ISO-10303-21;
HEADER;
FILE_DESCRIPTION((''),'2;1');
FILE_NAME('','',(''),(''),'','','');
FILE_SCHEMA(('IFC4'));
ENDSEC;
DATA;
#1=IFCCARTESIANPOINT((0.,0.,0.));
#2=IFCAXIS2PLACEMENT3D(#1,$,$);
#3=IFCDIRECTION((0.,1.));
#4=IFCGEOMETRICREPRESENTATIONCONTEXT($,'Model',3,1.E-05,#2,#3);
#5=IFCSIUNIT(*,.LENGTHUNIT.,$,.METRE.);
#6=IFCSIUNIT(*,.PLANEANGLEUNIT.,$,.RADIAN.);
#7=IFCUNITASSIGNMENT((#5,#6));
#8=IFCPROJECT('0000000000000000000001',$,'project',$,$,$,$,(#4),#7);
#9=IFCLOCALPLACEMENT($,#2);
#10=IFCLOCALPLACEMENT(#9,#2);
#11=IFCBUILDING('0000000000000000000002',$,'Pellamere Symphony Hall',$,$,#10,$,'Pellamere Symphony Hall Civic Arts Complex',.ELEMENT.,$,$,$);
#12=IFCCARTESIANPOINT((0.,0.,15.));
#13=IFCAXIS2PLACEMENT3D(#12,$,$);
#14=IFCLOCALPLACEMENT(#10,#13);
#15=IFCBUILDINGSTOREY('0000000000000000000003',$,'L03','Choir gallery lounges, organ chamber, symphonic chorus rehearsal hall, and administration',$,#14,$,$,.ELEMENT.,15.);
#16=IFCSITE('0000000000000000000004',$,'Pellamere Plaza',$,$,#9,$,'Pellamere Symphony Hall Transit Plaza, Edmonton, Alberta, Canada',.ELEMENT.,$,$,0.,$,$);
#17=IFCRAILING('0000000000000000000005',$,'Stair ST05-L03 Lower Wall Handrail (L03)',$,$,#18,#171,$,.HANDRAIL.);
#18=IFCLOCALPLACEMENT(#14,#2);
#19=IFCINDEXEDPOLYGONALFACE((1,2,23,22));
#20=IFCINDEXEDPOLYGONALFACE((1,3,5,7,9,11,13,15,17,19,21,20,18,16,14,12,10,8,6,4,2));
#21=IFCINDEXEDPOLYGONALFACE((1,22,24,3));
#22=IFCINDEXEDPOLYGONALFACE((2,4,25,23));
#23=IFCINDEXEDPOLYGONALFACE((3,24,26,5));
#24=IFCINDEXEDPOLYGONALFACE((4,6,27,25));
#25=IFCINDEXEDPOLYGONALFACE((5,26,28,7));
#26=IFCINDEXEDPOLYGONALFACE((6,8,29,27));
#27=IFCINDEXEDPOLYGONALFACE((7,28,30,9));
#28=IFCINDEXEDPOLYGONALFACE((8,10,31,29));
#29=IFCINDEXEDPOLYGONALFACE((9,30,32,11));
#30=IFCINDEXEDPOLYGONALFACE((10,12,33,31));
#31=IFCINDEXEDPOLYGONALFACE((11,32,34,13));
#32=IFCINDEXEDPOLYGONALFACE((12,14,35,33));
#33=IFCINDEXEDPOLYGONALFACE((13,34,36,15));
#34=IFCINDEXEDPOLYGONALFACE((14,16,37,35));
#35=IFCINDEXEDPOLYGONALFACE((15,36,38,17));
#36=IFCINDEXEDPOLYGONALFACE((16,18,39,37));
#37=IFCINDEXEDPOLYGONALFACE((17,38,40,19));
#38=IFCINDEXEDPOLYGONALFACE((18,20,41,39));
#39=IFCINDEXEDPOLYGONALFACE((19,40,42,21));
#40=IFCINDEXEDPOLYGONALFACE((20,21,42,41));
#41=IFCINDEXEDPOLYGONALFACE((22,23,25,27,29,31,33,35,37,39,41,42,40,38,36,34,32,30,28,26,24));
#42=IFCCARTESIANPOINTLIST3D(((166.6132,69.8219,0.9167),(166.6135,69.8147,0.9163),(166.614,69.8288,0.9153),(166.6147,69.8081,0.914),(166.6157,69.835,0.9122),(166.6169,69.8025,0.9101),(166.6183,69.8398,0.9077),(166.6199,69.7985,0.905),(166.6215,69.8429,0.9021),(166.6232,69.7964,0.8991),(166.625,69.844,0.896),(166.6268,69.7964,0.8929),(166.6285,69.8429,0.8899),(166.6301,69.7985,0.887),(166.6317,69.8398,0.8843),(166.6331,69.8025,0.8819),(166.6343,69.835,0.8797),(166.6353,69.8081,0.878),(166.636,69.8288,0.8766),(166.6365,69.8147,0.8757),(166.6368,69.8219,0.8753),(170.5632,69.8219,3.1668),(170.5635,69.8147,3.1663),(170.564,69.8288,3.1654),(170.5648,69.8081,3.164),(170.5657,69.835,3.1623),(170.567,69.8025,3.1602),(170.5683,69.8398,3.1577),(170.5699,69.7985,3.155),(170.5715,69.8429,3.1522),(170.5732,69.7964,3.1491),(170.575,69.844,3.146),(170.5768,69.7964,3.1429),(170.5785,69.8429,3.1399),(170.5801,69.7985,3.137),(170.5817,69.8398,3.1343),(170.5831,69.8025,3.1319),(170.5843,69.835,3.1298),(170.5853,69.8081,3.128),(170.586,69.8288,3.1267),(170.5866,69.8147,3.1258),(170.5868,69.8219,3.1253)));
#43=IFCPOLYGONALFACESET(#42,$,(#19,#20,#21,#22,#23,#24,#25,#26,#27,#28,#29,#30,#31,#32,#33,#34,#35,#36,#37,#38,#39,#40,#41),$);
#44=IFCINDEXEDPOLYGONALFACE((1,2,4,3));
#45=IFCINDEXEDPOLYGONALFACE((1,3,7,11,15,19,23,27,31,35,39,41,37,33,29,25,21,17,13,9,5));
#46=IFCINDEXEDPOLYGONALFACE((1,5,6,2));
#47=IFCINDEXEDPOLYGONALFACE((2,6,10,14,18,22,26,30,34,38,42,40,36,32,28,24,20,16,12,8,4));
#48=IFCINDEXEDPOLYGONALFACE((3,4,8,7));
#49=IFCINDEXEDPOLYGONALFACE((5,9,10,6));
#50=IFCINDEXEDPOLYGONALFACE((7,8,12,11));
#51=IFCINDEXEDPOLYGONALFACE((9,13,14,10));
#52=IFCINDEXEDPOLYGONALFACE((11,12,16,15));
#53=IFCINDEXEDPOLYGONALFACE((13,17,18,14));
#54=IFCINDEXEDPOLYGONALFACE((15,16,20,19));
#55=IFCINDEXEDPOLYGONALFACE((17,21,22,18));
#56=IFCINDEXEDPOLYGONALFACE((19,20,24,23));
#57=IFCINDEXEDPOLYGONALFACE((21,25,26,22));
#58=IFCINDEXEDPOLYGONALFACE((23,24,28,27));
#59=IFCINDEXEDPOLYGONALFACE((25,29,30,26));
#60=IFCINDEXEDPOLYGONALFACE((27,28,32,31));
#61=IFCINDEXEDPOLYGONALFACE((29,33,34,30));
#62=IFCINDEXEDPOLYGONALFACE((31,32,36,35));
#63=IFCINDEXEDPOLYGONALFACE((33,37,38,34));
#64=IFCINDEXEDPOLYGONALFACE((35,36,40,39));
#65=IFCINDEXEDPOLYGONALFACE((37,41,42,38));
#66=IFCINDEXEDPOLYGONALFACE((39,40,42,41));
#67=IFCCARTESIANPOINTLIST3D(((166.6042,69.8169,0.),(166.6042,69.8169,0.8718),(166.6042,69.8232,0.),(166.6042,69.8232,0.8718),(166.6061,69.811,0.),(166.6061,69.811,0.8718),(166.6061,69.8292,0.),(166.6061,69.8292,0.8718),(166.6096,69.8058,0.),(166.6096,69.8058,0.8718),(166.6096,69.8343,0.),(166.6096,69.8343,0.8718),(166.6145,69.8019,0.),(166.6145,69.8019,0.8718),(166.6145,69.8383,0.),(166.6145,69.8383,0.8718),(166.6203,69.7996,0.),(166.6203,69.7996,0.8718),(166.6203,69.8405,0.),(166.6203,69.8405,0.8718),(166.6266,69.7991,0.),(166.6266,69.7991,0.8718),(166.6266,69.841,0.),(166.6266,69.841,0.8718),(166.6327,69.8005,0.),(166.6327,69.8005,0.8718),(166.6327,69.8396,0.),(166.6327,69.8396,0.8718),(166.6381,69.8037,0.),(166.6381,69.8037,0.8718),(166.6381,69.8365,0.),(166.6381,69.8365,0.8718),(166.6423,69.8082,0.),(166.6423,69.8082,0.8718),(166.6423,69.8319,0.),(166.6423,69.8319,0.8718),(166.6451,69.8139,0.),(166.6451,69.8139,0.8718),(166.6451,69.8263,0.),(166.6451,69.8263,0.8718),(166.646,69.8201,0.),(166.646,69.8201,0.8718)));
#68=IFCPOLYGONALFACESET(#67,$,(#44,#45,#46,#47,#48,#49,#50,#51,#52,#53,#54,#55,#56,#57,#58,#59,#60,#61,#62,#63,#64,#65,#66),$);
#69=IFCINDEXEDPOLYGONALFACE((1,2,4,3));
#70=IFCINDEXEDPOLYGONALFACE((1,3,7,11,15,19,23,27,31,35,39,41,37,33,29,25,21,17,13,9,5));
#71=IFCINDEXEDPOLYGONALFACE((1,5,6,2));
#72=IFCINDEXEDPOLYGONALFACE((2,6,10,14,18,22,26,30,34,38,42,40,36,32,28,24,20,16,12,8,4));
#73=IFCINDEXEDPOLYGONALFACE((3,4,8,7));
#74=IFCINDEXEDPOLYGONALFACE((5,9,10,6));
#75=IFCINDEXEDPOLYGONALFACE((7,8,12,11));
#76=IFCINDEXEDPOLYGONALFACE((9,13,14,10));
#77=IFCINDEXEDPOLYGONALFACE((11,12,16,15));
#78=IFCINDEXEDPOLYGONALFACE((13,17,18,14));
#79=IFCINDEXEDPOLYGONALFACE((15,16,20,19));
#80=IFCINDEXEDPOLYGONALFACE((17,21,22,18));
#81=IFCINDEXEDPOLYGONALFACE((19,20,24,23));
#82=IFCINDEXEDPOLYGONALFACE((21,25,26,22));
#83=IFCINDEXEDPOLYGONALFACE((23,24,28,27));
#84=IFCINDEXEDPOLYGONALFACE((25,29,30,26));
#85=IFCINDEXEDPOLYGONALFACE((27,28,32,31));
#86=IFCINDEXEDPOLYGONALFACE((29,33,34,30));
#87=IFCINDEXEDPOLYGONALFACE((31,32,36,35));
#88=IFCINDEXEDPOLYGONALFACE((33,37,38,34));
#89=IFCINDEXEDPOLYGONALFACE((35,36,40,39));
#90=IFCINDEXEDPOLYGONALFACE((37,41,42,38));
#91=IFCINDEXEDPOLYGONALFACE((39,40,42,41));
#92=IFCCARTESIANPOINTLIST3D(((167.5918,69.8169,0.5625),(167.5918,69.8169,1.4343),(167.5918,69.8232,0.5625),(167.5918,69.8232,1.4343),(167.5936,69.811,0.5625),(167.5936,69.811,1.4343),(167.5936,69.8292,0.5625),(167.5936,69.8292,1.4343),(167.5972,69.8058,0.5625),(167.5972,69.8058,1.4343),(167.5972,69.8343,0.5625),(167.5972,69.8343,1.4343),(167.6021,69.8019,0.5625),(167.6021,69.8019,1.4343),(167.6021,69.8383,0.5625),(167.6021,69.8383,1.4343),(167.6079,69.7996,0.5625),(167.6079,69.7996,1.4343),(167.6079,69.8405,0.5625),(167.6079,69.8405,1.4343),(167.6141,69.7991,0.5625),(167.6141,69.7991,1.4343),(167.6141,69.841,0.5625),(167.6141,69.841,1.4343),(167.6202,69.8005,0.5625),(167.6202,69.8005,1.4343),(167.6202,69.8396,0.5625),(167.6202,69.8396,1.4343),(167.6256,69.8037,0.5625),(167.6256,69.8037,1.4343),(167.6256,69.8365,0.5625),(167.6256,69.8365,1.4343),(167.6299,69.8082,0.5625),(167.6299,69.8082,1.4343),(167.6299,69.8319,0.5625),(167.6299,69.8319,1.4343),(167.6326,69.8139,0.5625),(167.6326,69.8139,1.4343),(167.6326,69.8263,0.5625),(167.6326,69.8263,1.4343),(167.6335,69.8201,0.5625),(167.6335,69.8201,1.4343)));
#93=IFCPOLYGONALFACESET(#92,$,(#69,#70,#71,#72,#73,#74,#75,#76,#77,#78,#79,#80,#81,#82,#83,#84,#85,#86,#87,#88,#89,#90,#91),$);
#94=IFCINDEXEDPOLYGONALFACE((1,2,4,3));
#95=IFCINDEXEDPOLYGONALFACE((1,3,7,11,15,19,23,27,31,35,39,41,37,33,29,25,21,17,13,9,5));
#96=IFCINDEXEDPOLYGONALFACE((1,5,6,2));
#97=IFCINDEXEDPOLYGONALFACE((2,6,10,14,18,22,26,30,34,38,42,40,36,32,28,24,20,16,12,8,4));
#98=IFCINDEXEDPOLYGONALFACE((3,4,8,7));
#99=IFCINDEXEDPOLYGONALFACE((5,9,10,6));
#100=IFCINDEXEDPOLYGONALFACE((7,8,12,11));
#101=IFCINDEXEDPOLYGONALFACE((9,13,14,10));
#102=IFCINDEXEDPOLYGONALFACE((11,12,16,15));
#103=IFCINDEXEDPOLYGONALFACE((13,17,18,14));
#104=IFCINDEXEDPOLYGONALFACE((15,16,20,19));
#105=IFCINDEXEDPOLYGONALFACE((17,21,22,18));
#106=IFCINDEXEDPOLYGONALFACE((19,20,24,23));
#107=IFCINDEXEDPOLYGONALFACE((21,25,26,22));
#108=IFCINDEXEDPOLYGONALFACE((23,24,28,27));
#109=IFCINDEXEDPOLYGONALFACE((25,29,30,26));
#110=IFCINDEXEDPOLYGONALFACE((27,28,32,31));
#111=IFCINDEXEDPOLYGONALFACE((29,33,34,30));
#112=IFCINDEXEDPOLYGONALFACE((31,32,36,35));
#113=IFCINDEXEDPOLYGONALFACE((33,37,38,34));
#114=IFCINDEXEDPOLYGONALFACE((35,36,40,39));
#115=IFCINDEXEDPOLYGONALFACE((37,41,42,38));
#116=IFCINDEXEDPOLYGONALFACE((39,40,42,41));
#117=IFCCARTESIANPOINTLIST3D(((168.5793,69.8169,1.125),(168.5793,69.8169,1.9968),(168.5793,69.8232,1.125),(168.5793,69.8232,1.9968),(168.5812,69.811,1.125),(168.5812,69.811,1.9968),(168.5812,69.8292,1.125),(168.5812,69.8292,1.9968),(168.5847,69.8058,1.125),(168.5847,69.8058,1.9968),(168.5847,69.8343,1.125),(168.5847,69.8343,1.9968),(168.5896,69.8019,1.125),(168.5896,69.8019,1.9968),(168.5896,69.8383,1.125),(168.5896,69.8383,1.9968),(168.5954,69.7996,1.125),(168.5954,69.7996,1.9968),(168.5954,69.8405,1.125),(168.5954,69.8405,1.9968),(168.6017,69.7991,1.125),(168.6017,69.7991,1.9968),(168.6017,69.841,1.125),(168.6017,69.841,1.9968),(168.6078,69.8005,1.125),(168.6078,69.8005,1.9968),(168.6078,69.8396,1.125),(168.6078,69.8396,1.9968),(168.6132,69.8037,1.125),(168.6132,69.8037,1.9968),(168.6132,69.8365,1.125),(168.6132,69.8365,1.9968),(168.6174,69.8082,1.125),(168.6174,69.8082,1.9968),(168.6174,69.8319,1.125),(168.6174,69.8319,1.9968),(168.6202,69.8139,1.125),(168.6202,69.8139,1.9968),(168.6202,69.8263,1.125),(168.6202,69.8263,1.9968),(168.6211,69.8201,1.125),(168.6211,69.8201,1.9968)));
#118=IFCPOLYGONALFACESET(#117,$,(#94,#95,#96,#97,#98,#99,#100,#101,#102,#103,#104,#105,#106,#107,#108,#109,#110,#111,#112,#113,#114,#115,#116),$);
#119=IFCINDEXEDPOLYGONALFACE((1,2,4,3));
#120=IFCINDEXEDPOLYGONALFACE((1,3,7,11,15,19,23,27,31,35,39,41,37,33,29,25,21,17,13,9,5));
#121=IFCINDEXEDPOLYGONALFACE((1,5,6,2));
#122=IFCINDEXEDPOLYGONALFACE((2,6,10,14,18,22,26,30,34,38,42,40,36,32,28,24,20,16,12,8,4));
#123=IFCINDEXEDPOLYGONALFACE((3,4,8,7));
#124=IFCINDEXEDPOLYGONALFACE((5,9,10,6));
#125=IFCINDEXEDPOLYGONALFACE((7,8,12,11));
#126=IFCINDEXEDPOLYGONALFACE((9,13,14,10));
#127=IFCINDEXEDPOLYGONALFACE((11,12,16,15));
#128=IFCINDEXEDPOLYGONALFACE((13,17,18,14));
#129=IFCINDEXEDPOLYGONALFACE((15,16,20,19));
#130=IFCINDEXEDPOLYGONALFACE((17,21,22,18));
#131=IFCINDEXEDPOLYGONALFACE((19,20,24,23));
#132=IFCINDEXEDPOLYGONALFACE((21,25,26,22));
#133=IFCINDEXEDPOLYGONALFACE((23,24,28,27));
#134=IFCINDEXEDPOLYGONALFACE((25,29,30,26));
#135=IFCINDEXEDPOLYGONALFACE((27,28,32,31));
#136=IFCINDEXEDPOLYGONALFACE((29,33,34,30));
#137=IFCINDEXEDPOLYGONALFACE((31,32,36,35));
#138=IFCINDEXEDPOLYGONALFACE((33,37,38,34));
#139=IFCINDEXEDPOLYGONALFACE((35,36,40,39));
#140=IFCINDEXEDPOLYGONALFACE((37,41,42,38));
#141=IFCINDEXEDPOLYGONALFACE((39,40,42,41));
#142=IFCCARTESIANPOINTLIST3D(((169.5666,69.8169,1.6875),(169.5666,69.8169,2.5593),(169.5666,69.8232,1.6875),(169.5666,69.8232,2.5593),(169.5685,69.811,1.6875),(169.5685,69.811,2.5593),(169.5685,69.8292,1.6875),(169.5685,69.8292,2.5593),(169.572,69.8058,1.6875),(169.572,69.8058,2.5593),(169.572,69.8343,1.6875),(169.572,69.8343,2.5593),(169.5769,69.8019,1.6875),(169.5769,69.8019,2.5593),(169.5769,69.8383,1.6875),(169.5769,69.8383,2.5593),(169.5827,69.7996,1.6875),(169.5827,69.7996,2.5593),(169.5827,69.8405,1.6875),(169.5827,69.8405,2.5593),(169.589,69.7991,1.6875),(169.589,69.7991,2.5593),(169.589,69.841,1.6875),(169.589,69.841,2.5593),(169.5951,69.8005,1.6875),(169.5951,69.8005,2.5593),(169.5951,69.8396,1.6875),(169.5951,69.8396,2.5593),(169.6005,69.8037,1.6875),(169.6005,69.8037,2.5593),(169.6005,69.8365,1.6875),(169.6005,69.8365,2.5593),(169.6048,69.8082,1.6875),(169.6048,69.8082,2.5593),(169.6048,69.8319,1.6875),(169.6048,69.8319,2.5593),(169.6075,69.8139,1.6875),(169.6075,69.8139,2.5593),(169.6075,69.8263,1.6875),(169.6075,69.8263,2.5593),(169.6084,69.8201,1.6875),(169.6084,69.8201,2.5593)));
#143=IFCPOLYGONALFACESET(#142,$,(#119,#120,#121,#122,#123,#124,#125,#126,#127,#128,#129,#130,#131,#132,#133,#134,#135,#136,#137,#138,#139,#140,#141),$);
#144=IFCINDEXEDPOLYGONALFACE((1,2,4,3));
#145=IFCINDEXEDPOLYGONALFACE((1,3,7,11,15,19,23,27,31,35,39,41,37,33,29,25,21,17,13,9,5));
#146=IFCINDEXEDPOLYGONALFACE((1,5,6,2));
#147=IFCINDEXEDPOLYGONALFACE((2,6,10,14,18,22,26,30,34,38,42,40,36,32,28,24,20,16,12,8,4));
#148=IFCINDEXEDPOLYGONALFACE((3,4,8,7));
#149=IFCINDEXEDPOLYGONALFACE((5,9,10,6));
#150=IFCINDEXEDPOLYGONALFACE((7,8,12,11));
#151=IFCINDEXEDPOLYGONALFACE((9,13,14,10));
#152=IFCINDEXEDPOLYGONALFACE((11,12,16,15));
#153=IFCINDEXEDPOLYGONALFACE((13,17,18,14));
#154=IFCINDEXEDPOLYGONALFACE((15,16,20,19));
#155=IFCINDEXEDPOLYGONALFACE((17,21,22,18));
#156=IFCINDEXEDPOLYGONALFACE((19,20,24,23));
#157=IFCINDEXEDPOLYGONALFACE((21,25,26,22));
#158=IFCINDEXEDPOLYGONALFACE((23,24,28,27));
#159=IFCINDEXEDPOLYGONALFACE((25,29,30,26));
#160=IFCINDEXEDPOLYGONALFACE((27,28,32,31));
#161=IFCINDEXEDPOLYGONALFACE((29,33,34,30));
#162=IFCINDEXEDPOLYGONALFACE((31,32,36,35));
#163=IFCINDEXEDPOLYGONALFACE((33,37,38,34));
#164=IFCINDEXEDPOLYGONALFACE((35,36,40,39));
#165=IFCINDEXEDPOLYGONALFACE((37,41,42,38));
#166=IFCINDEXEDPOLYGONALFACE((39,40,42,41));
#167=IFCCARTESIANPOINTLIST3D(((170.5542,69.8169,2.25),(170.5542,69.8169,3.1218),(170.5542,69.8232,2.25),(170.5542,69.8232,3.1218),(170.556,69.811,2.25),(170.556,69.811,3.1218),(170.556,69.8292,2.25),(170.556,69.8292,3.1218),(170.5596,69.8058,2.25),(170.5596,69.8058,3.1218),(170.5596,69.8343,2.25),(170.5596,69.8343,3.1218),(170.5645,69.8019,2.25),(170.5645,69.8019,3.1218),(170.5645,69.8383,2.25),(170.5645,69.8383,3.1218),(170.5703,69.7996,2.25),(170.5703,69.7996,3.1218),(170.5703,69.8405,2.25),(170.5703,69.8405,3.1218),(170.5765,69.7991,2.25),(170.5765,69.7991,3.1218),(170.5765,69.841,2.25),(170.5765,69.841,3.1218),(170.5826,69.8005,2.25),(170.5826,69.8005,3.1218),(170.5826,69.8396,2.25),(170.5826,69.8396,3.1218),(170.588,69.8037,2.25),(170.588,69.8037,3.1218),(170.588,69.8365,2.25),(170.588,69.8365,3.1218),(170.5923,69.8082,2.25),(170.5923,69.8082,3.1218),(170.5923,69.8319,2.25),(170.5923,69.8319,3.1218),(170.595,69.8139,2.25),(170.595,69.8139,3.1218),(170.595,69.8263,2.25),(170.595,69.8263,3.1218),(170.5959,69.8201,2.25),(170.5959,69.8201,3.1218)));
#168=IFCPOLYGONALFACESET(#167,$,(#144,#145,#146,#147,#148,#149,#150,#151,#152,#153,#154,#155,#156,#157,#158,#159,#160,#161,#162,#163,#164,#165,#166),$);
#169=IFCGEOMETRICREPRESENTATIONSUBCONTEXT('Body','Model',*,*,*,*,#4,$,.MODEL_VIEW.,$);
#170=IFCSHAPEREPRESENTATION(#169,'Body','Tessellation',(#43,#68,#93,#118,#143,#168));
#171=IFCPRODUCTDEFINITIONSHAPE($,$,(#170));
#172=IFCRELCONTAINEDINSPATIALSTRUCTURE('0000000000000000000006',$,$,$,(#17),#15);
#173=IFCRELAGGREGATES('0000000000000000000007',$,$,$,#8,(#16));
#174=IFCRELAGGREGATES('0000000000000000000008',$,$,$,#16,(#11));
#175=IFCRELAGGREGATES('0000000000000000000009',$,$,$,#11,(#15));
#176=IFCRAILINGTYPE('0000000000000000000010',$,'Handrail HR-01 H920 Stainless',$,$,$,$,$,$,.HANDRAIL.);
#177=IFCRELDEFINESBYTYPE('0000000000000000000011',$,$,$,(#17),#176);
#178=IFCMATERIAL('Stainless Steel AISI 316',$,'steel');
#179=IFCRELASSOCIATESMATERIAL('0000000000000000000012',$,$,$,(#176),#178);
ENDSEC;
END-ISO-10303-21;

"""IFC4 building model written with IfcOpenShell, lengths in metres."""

from ifc_helpers import new_model, si_unit, direction, frame, origin, origin_2d, place, context, subcontext, project, spatial, circle, extrude, material, type_object, element, save


model = new_model("IFC4")

# Units and contexts
model_context = context("Model", 3, precision=1e-05, world=origin(), true_north=direction((0.0, 1.0)))
body_context = subcontext(model_context, "Body", "Model", "MODEL_VIEW")
ifc_project = project(units=[si_unit("LENGTHUNIT", "METRE"), si_unit("PLANEANGLEUNIT", "RADIAN")], contexts=[model_context])

# Site, building, storey
site_placement = place(None, origin())
site = spatial("IfcSite", under=ifc_project, at=site_placement, Name="Pellamere Plaza", LongName="Pellamere Symphony Hall Transit Plaza, Edmonton, Alberta, Canada", CompositionType="ELEMENT", RefElevation=0.0)
building_placement = place(site_placement, origin())
building = spatial("IfcBuilding", under=site, at=building_placement, Name="Pellamere Symphony Hall", LongName="Pellamere Symphony Hall Civic Arts Complex", CompositionType="ELEMENT")
storey_placement = place(building_placement, frame((0.0, 0.0, 15.0)))
storey = spatial("IfcBuildingStorey", under=building, at=storey_placement, Name="L03", Description="Choir gallery lounges, organ chamber, symphonic chorus rehearsal hall, and administration", CompositionType="ELEMENT", Elevation=15.0)

# Railing
ifc_material_1 = material(Name="Stainless Steel AISI 316", Category="steel")
railing_type_1 = type_object("IfcRailingType", Name="Handrail HR-01 H920 Stainless", PredefinedType="HANDRAIL", material=ifc_material_1)
railing_1_placement = place(storey_placement, frame((166.625, 69.8201, 0.0)))
element("IfcRailing", 1, at=railing_1_placement, inside=storey, type_object=railing_type_1, Name="Stair ST05-L03 Lower Wall Handrail (L03)", PredefinedType="HANDRAIL", context=body_context, shape_type="SweptSolid", body=[
    extrude(circle(Radius=0.0239, at=origin_2d()), frame((0.0, 0.0, 0.896), z_axis=(0.868917, 0.0, 0.494959), x_axis=(0.0, 1.0, 0.0)), (0.0, 0.0, 1.0), 4.5459),
    extrude(circle(Radius=0.021, at=origin_2d()), origin(), (0.0, 0.0, 1.0), 0.8718),
    extrude(circle(Radius=0.021, at=origin_2d()), frame((0.9875, 0.0, 0.5625)), (0.0, 0.0, 1.0), 0.8718),
    extrude(circle(Radius=0.021, at=origin_2d()), frame((1.9751, 0.0, 1.125)), (0.0, 0.0, 1.0), 0.8718),
    extrude(circle(Radius=0.021, at=origin_2d()), frame((2.9624, 0.0, 1.6875)), (0.0, 0.0, 1.0), 0.8718),
    extrude(circle(Radius=0.021, at=origin_2d()), frame((3.95, 0.0, 2.25)), (0.0, 0.0, 1.0), 0.8718),
])

save(model, "model.ifc")
